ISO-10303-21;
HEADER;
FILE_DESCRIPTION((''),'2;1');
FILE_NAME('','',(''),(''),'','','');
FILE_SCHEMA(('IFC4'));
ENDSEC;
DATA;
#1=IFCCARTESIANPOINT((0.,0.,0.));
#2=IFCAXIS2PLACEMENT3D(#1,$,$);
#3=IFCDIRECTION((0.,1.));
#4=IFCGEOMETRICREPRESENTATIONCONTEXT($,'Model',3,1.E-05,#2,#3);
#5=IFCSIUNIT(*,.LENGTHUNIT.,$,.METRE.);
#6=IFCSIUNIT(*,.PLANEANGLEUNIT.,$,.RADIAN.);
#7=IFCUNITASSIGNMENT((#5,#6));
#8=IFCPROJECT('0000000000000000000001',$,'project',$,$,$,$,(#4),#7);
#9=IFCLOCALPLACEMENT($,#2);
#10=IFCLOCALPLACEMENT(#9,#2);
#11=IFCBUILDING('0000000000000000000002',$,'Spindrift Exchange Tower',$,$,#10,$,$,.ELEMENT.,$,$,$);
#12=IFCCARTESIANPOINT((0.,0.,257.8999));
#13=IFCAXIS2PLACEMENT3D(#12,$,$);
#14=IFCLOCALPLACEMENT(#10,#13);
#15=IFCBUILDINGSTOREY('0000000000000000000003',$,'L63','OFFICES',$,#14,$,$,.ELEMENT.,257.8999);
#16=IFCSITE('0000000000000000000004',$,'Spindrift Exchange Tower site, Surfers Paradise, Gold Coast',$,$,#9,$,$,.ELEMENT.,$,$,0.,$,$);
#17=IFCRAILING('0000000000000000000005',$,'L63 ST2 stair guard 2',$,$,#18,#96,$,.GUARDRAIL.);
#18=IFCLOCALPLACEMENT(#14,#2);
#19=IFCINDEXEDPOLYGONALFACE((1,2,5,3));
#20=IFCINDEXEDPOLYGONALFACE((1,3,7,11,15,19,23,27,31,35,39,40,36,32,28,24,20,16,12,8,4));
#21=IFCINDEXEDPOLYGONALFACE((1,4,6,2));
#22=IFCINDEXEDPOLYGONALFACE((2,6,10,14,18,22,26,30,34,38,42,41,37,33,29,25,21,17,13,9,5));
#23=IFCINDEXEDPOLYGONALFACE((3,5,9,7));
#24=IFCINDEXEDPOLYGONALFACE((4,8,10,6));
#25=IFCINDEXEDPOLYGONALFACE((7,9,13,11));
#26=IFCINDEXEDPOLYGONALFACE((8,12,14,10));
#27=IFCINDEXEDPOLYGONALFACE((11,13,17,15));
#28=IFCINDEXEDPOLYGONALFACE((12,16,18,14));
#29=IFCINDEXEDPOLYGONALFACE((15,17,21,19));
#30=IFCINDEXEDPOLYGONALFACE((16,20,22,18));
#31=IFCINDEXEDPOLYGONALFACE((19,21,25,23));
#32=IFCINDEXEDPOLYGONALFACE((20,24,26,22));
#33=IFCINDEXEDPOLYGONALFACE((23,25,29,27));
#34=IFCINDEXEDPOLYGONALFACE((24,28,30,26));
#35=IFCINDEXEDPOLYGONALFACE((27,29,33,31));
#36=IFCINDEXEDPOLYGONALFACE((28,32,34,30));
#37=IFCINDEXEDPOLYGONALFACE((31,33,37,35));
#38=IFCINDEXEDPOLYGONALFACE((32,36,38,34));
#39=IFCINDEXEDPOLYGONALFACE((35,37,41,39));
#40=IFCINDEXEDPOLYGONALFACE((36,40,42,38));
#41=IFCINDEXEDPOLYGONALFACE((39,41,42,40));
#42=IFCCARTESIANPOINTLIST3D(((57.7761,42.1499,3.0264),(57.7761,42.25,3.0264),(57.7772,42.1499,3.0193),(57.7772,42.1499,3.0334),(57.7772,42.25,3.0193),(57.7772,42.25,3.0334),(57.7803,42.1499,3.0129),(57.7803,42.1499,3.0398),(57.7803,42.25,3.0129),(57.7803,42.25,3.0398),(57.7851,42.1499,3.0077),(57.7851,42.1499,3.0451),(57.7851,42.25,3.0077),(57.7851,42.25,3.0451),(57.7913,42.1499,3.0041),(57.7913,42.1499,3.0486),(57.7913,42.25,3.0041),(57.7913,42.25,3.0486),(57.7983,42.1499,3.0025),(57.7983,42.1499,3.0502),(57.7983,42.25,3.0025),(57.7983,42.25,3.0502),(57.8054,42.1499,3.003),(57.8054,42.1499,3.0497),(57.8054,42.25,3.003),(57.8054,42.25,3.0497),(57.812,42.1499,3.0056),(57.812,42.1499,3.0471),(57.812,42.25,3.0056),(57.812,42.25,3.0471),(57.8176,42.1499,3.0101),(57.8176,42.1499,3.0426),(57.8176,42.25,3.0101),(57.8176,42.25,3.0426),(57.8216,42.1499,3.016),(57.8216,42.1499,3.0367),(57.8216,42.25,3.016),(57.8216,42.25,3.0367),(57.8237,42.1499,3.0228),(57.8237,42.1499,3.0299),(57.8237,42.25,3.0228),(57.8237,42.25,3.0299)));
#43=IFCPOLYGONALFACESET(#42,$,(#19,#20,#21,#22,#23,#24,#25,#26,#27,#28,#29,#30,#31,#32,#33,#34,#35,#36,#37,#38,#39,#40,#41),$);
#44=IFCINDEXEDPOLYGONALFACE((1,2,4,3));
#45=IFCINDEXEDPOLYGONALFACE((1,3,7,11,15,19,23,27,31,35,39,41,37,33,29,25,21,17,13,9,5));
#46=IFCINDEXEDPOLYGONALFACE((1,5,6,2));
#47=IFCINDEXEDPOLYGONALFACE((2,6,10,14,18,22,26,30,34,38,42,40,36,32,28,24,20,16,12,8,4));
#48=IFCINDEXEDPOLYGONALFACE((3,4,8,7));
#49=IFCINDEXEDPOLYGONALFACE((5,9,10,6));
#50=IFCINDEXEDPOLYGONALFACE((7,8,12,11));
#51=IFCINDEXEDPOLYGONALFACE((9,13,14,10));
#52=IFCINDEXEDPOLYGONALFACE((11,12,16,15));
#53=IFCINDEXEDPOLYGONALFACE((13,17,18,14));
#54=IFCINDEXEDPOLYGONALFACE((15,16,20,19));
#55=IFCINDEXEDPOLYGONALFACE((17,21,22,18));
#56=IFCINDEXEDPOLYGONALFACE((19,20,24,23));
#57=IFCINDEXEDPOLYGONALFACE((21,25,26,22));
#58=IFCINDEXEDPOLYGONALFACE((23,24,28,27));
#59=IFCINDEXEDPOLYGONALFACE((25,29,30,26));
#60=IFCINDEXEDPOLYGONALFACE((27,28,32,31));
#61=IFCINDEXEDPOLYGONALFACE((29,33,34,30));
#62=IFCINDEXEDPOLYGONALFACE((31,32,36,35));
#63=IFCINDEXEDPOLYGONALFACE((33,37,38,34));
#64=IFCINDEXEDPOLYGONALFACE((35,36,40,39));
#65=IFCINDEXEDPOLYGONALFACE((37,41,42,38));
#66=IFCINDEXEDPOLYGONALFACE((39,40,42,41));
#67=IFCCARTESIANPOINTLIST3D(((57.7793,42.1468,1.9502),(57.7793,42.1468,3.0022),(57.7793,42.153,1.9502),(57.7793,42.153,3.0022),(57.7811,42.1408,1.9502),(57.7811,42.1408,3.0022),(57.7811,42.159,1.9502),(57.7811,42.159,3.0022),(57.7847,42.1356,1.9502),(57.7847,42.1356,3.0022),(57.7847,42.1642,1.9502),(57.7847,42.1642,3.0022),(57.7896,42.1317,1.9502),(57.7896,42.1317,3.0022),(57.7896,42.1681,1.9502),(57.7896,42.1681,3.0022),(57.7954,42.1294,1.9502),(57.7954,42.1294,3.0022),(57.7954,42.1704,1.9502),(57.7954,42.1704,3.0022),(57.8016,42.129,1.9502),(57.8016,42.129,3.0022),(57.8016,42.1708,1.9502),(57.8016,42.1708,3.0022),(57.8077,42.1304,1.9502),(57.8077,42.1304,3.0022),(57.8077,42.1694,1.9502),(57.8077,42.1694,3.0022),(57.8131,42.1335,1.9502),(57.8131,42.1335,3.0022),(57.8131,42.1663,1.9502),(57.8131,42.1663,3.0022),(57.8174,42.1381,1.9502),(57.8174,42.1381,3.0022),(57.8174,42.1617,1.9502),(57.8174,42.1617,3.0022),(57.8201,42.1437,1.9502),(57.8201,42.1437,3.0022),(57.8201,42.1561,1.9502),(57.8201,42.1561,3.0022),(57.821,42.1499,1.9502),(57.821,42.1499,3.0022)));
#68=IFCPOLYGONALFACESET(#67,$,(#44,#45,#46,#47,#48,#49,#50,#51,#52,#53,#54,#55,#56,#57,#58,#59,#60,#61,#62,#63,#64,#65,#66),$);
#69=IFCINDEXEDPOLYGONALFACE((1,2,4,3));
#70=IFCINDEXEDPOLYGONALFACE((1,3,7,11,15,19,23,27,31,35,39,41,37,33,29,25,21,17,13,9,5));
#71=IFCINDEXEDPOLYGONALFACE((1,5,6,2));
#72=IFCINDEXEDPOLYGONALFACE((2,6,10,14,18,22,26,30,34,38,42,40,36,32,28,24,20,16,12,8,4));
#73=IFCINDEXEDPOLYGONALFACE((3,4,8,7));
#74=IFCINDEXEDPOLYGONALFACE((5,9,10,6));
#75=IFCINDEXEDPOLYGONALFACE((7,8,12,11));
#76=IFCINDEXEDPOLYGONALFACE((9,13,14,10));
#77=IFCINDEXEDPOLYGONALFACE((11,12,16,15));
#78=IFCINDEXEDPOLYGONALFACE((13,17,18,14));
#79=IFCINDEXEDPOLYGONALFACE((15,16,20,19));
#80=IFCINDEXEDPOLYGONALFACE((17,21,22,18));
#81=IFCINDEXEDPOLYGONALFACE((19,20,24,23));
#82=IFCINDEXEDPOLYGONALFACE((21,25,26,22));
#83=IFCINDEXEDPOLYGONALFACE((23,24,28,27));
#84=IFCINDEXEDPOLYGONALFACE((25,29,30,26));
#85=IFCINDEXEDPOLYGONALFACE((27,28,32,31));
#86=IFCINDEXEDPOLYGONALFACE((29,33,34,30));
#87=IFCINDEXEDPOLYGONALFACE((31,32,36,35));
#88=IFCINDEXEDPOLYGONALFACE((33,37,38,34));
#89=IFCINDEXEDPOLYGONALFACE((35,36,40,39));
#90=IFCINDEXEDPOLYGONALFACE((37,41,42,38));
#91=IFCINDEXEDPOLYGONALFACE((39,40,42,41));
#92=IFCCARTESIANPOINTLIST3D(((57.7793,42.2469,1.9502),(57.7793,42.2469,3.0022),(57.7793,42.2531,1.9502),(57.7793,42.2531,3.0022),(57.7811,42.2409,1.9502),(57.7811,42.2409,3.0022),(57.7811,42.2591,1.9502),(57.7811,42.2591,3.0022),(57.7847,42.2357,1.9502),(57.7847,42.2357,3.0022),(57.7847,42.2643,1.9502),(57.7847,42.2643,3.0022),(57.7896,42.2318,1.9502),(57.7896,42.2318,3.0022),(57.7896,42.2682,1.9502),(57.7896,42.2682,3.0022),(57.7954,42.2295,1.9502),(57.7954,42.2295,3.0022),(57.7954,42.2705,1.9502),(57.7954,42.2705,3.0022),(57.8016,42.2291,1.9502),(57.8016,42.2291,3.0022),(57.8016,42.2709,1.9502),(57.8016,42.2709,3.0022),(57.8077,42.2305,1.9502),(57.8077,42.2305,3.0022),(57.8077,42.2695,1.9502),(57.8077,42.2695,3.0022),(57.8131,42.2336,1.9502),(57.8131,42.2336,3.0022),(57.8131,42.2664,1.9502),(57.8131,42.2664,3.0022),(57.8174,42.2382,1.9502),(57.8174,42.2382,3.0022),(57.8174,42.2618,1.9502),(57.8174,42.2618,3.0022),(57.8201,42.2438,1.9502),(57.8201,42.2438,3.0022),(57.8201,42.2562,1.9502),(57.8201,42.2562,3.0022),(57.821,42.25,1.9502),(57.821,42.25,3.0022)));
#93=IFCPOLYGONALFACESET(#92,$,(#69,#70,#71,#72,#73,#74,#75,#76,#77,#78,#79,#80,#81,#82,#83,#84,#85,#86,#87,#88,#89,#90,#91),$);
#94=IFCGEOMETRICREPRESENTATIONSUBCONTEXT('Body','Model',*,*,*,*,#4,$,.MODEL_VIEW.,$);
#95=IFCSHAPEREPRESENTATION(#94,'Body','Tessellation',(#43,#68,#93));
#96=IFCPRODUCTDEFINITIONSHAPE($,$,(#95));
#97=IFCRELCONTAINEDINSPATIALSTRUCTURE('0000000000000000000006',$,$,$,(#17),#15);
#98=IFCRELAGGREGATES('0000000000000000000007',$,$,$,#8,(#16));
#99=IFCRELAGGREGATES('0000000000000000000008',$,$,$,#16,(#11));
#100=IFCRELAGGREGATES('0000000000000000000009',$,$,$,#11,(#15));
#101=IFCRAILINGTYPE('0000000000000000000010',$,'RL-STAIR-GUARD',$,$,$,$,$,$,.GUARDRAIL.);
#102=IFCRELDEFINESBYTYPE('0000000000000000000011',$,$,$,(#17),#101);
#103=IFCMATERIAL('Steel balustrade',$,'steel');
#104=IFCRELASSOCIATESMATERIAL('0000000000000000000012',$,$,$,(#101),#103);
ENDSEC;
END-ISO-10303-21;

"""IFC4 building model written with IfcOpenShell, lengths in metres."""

from ifc_helpers import new_model, si_unit, direction, frame, origin, origin_2d, place, context, subcontext, project, spatial, circle, extrude, material, type_object, element, save


model = new_model("IFC4")

# Units and contexts
model_context = context("Model", 3, precision=1e-05, world=origin(), true_north=direction((0.0, 1.0)))
body_context = subcontext(model_context, "Body", "Model", "MODEL_VIEW")
ifc_project = project(units=[si_unit("LENGTHUNIT", "METRE"), si_unit("PLANEANGLEUNIT", "RADIAN")], contexts=[model_context])

# Site, building, storey
site_placement = place(None, origin())
site = spatial("IfcSite", under=ifc_project, at=site_placement, Name="Spindrift Exchange Tower site, Surfers Paradise, Gold Coast", CompositionType="ELEMENT", RefElevation=0.0)
building_placement = place(site_placement, origin())
building = spatial("IfcBuilding", under=site, at=building_placement, Name="Spindrift Exchange Tower", CompositionType="ELEMENT")
storey_placement = place(building_placement, frame((0.0, 0.0, 257.8999)))
storey = spatial("IfcBuildingStorey", under=building, at=storey_placement, Name="L63", Description="OFFICES", CompositionType="ELEMENT", Elevation=257.8999)

# Railing
ifc_material_1 = material(Name="Steel balustrade", Category="steel")
railing_type_1 = type_object("IfcRailingType", Name="RL-STAIR-GUARD", PredefinedType="GUARDRAIL", material=ifc_material_1)
railing_1_placement = place(storey_placement, frame((57.8, 42.1499, 1.9502)))
element("IfcRailing", 1, at=railing_1_placement, inside=storey, type_object=railing_type_1, Name="L63 ST2 stair guard 2", PredefinedType="GUARDRAIL", context=body_context, shape_type="SweptSolid", body=[
    extrude(circle(Radius=0.0239, at=origin_2d()), frame((0.0, 0.0, 1.0762), z_axis=(0.0, 1.0, 0.0), x_axis=(-1.0, 0.0, 0.0)), (0.0, 0.0, 1.0), 0.1001),
    extrude(circle(Radius=0.021, at=origin_2d()), origin(), (0.0, 0.0, 1.0), 1.052),
    extrude(circle(Radius=0.021, at=origin_2d()), frame((0.0, 0.1001, 0.0)), (0.0, 0.0, 1.0), 1.052),
])

save(model, "model.ifc")
